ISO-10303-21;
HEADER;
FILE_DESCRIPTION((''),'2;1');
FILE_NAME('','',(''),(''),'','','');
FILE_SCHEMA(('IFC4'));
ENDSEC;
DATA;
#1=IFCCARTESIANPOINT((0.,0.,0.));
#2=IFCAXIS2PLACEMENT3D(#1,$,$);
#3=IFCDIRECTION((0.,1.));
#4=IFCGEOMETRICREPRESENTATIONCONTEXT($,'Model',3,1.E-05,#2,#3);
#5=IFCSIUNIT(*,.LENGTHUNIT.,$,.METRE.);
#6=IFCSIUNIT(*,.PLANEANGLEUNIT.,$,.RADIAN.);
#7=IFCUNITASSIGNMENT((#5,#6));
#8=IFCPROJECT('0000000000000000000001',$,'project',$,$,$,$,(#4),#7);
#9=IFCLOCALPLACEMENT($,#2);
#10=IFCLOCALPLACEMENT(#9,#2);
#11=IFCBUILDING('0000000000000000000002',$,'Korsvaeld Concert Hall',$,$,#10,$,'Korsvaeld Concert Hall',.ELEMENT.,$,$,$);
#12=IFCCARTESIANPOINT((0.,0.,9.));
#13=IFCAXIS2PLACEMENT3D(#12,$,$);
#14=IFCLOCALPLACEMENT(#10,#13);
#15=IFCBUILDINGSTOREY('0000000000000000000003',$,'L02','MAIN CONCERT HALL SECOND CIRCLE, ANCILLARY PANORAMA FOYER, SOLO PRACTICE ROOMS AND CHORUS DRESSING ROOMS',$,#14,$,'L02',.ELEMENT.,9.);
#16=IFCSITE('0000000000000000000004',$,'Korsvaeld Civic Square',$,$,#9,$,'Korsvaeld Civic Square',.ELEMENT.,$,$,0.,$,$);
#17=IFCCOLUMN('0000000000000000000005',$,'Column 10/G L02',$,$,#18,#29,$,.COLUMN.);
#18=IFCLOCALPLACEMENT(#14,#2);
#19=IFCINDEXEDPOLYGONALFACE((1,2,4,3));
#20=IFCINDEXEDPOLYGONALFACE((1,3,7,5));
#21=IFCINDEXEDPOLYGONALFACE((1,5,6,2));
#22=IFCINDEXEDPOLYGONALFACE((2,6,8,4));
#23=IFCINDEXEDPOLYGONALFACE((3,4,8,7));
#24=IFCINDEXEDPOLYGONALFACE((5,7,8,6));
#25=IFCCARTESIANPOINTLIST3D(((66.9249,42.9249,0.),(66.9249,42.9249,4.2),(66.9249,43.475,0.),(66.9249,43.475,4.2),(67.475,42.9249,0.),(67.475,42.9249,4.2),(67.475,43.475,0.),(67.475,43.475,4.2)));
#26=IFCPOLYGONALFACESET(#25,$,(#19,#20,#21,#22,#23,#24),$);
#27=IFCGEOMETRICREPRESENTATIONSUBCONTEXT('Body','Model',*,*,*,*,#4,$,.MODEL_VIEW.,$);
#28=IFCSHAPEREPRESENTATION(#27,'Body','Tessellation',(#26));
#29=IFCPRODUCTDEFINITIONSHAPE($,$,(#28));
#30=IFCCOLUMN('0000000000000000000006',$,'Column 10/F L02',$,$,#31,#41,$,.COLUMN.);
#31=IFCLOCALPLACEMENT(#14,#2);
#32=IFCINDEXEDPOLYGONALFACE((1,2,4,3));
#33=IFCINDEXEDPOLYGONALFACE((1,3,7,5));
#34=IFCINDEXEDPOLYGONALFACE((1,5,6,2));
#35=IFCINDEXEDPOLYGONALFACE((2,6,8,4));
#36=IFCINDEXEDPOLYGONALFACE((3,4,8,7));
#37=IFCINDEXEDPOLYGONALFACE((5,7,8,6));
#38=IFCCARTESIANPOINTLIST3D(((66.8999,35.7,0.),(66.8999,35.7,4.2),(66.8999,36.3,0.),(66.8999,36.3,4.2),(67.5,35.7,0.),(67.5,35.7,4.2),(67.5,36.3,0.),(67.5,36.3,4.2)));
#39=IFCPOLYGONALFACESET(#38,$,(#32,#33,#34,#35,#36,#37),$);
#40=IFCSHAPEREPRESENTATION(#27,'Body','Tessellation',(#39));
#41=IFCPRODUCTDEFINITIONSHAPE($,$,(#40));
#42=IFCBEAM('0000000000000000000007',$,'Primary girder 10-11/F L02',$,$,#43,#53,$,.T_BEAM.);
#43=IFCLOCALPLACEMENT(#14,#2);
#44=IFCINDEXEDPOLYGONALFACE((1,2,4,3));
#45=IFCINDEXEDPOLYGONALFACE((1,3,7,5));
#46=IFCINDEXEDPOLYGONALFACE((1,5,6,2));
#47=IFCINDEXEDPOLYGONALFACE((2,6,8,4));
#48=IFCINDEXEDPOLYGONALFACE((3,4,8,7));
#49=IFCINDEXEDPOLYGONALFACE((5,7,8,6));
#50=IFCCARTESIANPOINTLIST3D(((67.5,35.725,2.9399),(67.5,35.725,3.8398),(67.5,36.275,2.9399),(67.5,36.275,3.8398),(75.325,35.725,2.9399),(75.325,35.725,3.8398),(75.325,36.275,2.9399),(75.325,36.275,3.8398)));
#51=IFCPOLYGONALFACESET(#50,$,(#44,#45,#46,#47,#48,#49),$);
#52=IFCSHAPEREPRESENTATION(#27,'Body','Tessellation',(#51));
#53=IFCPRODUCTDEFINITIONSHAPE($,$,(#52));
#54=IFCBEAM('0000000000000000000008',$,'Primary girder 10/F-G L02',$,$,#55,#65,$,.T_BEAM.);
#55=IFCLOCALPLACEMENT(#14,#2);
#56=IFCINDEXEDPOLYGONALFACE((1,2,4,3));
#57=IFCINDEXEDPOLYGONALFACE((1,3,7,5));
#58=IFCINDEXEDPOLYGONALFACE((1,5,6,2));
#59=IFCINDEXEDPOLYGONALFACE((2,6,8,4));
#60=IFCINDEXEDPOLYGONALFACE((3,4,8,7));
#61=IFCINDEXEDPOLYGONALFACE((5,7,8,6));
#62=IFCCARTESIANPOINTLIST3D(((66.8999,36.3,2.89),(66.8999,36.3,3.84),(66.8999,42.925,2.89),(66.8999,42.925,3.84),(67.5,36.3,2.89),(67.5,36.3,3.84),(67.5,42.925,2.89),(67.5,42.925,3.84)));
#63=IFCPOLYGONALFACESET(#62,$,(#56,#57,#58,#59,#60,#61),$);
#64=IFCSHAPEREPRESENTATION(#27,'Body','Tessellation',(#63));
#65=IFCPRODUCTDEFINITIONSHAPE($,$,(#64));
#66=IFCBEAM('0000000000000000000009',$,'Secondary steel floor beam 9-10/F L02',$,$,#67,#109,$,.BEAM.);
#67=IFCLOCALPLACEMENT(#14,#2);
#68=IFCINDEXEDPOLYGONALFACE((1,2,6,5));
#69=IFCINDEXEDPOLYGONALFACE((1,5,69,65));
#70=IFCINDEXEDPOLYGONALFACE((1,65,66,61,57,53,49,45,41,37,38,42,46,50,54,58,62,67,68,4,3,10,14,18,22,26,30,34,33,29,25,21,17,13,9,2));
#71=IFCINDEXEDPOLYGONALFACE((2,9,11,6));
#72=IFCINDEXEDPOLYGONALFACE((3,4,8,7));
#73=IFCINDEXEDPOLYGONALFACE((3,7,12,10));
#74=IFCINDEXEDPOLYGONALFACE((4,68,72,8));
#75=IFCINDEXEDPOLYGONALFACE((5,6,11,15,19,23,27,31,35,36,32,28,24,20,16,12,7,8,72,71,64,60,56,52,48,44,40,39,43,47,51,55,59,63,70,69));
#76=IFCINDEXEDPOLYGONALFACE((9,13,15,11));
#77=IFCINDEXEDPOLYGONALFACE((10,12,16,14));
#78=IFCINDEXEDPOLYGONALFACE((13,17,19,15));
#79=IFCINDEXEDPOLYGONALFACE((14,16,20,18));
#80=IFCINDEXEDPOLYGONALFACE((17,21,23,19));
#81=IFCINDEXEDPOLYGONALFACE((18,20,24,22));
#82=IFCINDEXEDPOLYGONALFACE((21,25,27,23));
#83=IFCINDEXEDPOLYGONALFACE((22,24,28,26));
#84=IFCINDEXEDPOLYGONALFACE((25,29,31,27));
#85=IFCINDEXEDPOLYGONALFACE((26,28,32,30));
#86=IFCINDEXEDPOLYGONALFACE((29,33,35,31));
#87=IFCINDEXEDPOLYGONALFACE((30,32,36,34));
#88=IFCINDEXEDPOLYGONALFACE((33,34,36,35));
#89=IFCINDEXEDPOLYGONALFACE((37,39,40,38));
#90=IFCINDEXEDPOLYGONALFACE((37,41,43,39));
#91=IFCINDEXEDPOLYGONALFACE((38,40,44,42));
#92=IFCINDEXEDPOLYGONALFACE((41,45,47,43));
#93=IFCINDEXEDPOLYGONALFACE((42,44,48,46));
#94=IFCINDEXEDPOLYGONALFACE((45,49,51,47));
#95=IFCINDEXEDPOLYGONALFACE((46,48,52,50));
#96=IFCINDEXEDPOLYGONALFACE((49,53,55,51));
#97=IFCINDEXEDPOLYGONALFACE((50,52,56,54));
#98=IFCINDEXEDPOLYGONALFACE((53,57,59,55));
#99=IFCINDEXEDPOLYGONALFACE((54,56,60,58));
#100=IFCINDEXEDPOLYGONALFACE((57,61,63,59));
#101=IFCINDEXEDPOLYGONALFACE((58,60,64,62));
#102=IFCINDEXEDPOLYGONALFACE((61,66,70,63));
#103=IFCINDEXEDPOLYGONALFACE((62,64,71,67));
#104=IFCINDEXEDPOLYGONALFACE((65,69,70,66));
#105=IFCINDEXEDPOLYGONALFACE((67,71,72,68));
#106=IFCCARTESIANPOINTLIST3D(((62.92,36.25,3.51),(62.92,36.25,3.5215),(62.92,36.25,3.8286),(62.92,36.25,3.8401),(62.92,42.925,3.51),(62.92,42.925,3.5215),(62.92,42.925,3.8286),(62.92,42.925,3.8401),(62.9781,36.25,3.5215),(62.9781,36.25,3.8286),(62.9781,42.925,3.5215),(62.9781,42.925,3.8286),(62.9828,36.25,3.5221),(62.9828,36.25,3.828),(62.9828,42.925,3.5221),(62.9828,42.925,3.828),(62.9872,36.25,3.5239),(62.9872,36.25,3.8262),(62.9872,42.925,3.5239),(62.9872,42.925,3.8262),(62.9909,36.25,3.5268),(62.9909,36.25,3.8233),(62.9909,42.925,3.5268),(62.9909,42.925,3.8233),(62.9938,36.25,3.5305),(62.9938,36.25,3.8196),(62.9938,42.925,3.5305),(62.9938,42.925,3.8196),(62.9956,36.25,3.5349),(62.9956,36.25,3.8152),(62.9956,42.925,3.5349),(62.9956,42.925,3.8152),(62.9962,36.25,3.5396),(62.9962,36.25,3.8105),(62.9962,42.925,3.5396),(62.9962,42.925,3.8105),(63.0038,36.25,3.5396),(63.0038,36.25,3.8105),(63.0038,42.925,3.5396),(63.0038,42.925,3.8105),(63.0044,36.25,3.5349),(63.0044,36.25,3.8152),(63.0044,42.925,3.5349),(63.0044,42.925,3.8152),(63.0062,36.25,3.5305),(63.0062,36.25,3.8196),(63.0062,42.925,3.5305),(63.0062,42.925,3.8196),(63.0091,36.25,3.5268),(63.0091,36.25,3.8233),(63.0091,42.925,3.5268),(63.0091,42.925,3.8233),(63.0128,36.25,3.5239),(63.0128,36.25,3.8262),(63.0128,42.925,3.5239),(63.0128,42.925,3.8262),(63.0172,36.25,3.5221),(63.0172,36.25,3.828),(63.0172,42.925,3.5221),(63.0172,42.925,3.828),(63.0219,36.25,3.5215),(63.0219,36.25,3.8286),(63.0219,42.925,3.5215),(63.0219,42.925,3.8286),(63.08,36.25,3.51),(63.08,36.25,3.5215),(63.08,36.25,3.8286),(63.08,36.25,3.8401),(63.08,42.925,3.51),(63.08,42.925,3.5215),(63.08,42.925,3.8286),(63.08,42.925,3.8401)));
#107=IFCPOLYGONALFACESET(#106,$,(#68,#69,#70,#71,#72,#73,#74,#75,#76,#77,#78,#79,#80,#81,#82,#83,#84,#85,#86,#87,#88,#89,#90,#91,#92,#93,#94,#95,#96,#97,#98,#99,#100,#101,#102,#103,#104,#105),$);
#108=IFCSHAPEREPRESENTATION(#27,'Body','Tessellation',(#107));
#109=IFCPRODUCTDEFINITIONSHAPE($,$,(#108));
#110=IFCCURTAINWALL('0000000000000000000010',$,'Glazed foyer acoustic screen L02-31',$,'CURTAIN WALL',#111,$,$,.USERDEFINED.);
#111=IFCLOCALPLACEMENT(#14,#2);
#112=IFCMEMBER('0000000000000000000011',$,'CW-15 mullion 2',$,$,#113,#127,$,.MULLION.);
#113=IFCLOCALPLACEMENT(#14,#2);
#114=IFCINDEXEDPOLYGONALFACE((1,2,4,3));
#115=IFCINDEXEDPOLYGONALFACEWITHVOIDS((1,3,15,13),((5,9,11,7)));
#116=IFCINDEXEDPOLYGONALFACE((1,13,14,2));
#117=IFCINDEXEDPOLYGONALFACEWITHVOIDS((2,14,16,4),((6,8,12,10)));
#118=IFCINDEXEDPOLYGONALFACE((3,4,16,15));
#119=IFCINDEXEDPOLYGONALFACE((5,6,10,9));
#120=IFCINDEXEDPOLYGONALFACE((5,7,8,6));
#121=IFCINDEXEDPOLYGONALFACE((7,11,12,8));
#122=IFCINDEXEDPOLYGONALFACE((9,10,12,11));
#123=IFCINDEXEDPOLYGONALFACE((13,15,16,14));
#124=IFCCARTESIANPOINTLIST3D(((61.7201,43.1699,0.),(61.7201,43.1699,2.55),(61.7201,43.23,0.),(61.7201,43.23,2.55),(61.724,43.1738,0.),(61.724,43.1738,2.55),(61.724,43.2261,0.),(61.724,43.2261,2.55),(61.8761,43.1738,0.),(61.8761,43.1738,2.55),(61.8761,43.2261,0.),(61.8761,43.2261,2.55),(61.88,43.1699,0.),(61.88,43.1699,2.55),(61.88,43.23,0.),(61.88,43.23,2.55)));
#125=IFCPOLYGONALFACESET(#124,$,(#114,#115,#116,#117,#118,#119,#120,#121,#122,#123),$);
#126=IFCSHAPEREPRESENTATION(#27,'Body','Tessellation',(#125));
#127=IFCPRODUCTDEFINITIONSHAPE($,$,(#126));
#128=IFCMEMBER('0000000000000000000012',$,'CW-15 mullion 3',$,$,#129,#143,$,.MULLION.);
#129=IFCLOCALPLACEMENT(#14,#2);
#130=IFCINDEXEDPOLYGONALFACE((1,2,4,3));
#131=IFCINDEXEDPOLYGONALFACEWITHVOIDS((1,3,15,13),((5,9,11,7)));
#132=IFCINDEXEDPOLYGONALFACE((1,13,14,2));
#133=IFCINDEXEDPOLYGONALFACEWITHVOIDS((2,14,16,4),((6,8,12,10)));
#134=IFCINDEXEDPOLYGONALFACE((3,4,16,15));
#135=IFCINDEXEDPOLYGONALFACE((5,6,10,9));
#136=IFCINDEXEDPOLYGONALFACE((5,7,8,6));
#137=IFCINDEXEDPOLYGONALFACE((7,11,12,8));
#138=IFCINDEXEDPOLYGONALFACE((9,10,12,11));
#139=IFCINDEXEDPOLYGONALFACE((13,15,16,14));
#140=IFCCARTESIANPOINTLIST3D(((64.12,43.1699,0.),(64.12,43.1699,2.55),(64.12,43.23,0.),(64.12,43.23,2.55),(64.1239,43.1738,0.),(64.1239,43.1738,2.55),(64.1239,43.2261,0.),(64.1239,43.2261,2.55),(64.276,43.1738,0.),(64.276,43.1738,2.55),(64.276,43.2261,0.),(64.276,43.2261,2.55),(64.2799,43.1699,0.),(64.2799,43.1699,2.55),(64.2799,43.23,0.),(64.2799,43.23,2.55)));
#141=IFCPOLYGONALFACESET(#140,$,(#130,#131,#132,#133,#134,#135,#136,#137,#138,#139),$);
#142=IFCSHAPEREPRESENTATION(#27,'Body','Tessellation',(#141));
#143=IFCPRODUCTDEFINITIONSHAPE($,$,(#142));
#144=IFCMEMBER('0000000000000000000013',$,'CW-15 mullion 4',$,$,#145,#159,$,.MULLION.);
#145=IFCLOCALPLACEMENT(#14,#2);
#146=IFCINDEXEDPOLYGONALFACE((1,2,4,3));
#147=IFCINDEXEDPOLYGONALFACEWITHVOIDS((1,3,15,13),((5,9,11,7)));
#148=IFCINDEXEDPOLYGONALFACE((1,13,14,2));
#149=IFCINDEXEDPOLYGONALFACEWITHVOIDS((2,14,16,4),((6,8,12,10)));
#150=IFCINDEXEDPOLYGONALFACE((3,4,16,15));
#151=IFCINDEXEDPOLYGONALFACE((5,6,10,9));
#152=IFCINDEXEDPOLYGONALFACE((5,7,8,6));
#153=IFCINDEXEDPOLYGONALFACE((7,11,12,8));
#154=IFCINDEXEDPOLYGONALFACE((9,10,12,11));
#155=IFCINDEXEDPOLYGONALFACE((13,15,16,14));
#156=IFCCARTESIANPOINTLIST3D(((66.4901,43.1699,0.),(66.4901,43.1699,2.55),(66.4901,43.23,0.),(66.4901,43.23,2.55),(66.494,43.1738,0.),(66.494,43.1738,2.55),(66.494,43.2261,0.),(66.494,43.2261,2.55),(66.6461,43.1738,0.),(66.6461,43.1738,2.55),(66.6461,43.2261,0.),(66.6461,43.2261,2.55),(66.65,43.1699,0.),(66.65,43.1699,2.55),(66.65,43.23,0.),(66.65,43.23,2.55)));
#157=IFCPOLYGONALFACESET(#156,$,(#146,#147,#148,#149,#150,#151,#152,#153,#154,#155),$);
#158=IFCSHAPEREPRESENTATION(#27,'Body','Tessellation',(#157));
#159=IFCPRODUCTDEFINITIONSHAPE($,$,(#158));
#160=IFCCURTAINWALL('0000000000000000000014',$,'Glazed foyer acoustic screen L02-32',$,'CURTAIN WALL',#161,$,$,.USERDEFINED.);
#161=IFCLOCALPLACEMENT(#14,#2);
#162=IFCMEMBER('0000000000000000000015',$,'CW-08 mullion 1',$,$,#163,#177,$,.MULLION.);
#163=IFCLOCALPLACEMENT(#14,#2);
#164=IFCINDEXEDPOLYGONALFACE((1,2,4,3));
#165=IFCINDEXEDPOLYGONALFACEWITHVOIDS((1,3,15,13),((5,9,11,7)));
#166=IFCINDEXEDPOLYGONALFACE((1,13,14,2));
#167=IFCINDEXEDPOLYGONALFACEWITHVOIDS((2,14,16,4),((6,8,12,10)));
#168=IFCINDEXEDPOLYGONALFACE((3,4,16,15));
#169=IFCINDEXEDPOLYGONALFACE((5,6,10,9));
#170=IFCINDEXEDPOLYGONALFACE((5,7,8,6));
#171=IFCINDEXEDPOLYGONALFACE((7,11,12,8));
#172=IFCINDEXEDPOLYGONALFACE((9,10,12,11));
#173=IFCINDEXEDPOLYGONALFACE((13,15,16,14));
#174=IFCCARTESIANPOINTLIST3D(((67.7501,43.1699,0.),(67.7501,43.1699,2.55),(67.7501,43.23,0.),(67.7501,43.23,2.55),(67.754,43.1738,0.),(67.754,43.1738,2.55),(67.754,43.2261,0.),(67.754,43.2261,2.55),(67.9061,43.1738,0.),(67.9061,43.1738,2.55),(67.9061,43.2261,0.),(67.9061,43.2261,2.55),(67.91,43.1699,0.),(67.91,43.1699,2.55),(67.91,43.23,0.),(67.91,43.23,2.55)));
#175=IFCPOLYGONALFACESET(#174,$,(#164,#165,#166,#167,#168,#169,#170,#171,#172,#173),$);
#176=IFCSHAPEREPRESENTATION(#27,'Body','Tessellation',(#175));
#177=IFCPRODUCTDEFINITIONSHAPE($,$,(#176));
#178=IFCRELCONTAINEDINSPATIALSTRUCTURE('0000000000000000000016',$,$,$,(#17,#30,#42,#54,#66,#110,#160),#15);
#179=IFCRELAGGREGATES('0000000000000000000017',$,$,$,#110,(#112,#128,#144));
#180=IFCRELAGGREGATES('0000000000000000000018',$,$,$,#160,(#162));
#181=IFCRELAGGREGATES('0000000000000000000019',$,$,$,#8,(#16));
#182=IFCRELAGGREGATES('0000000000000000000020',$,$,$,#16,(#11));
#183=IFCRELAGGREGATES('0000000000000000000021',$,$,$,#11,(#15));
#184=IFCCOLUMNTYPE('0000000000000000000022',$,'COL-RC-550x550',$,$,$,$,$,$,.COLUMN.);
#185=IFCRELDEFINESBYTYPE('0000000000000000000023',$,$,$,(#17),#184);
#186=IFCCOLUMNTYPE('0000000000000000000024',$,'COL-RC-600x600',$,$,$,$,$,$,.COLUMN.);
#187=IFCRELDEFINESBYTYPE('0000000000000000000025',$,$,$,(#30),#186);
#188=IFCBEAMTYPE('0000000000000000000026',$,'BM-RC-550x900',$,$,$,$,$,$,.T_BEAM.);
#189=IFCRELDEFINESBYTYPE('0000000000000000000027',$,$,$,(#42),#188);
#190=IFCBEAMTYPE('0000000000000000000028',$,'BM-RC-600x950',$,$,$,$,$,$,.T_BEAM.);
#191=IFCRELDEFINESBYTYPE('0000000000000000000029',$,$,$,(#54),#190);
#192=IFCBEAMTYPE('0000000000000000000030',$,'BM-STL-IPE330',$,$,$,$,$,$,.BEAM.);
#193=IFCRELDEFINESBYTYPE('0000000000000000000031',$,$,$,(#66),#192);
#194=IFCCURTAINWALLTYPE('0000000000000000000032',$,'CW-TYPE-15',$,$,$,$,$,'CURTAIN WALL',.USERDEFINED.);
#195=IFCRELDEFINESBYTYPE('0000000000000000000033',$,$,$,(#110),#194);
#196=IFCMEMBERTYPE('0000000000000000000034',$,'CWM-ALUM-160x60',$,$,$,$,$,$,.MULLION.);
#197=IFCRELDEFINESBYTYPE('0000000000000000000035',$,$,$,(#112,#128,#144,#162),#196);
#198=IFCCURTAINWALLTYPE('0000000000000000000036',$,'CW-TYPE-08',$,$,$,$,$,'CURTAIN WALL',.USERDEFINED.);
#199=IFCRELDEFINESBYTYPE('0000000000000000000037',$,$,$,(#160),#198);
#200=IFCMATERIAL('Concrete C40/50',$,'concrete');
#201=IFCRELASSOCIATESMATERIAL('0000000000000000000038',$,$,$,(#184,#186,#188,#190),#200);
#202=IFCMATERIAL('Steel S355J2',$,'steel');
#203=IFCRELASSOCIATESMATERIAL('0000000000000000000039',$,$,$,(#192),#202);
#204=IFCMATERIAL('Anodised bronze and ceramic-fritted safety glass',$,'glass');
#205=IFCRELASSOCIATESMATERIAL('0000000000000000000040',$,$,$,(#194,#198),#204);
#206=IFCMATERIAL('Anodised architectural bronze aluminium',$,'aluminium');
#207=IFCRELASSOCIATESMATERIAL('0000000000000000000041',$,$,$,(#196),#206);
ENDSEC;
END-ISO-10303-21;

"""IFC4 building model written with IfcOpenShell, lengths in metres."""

from ifc_helpers import new_model, si_unit, direction, frame, origin, origin_2d, place, context, subcontext, project, spatial, rectangle, hollow_rectangle, i_section, extrude, material, material_profile, profile_set, type_object, element, aggregate, save


model = new_model("IFC4")

# Units and contexts
model_context = context("Model", 3, precision=1e-05, world=origin(), true_north=direction((0.0, 1.0)))
body_context = subcontext(model_context, "Body", "Model", "MODEL_VIEW")
ifc_project = project(units=[si_unit("LENGTHUNIT", "METRE"), si_unit("PLANEANGLEUNIT", "RADIAN")], contexts=[model_context])

# Site, building, storey
site_placement = place(None, origin())
site = spatial("IfcSite", under=ifc_project, at=site_placement, Name="Korsvaeld Civic Square", LongName="Korsvaeld Civic Square", CompositionType="ELEMENT", RefElevation=0.0)
building_placement = place(site_placement, origin())
building = spatial("IfcBuilding", under=site, at=building_placement, Name="Korsvaeld Concert Hall", LongName="Korsvaeld Concert Hall", CompositionType="ELEMENT")
storey_placement = place(building_placement, frame((0.0, 0.0, 9.0)))
storey = spatial("IfcBuildingStorey", under=building, at=storey_placement, Name="L02", Description="MAIN CONCERT HALL SECOND CIRCLE, ANCILLARY PANORAMA FOYER, SOLO PRACTICE ROOMS AND CHORUS DRESSING ROOMS", LongName="L02", CompositionType="ELEMENT", Elevation=9.0)

# Columns
ifc_material_1 = material(Name="Concrete C40/50", Category="concrete")
ifc_material_profile_1 = material_profile(ifc_material_1, rectangle(XDim=0.55, YDim=0.55, at=origin_2d()), Name="RC 550x550")
ifc_profile_set_1 = profile_set([ifc_material_profile_1], Name="Concrete C40/50")
column_type_1 = type_object("IfcColumnType", Name="COL-RC-550x550", PredefinedType="COLUMN", material=ifc_profile_set_1)
column_1_placement = place(storey_placement, frame((67.2, 43.2, 0.0), z_axis=(0.0, 0.0, 1.0), x_axis=(1.0, 0.0, 0.0)))
element("IfcColumn", 1, at=column_1_placement, inside=storey, type_object=column_type_1, Name="Column 10/G L02", PredefinedType="COLUMN", context=body_context, shape_type="SweptSolid", body=[
    extrude(rectangle(XDim=0.55, YDim=0.55, at=origin_2d()), origin(), (0.0, 0.0, 1.0), 4.2),
])
ifc_material_profile_2 = material_profile(ifc_material_1, rectangle(XDim=0.6001, YDim=0.6001, at=origin_2d()), Name="RC 600x600")
ifc_profile_set_2 = profile_set([ifc_material_profile_2], Name="Concrete C40/50")
column_type_2 = type_object("IfcColumnType", Name="COL-RC-600x600", PredefinedType="COLUMN", material=ifc_profile_set_2)
column_2_placement = place(storey_placement, frame((67.2, 36.0, 0.0), z_axis=(0.0, 0.0, 1.0), x_axis=(1.0, 0.0, 0.0)))
element("IfcColumn", 2, at=column_2_placement, inside=storey, type_object=column_type_2, Name="Column 10/F L02", PredefinedType="COLUMN", context=body_context, shape_type="SweptSolid", body=[
    extrude(rectangle(XDim=0.6001, YDim=0.6001, at=origin_2d()), origin(), (0.0, 0.0, 1.0), 4.2),
])

# Beams
ifc_material_profile_3 = material_profile(ifc_material_1, rectangle(XDim=0.55, YDim=0.8999, at=origin_2d()), Name="RC 550x900")
ifc_profile_set_3 = profile_set([ifc_material_profile_3], Name="Concrete C40/50")
beam_type_1 = type_object("IfcBeamType", Name="BM-RC-550x900", PredefinedType="T_BEAM", material=ifc_profile_set_3)
beam_1_placement = place(storey_placement, frame((67.5, 36.0, 3.3899), z_axis=(1.0, 0.0, 0.0), x_axis=(0.0, 1.0, 0.0)))
element("IfcBeam", 3, at=beam_1_placement, inside=storey, type_object=beam_type_1, Name="Primary girder 10-11/F L02", PredefinedType="T_BEAM", context=body_context, shape_type="SweptSolid", body=[
    extrude(rectangle(XDim=0.55, YDim=0.8999, at=origin_2d()), origin(), (0.0, 0.0, 1.0), 7.825),
])
ifc_material_profile_4 = material_profile(ifc_material_1, rectangle(XDim=0.6001, YDim=0.95, at=origin_2d()), Name="RC 600x950")
ifc_profile_set_4 = profile_set([ifc_material_profile_4], Name="Concrete C40/50")
beam_type_2 = type_object("IfcBeamType", Name="BM-RC-600x950", PredefinedType="T_BEAM", material=ifc_profile_set_4)
beam_2_placement = place(storey_placement, frame((67.2, 36.3, 3.365), z_axis=(0.0, 1.0, 0.0), x_axis=(-1.0, 0.0, 0.0)))
element("IfcBeam", 4, at=beam_2_placement, inside=storey, type_object=beam_type_2, Name="Primary girder 10/F-G L02", PredefinedType="T_BEAM", context=body_context, shape_type="SweptSolid", body=[
    extrude(rectangle(XDim=0.6001, YDim=0.95, at=origin_2d()), origin(), (0.0, 0.0, 1.0), 6.625),
])
ifc_material_2 = material(Name="Steel S355J2", Category="steel")
ifc_material_profile_5 = material_profile(ifc_material_2, i_section(OverallWidth=0.1599, OverallDepth=0.3301, WebThickness=0.0076, FlangeThickness=0.0115, FilletRadius=0.0181, at=origin_2d()), Name="IPE 330")
ifc_profile_set_5 = profile_set([ifc_material_profile_5], Name="Steel S355J2")
beam_type_3 = type_object("IfcBeamType", Name="BM-STL-IPE330", PredefinedType="BEAM", material=ifc_profile_set_5)
beam_3_placement = place(storey_placement, frame((63.0, 36.25, 3.675), z_axis=(0.0, 1.0, 0.0), x_axis=(-1.0, 0.0, 0.0)))
element("IfcBeam", 5, at=beam_3_placement, inside=storey, type_object=beam_type_3, Name="Secondary steel floor beam 9-10/F L02", PredefinedType="BEAM", context=body_context, shape_type="SweptSolid", body=[
    extrude(i_section(OverallWidth=0.1599, OverallDepth=0.3301, WebThickness=0.0076, FlangeThickness=0.0115, FilletRadius=0.0181, at=origin_2d()), origin(), (0.0, 0.0, 1.0), 6.675),
])

# Curtain walls, members
ifc_material_3 = material(Name="Anodised bronze and ceramic-fritted safety glass", Category="glass")
curtain_wall_type_1 = type_object("IfcCurtainWallType", Name="CW-TYPE-15", ElementType="CURTAIN WALL", PredefinedType="USERDEFINED", material=ifc_material_3)
curtain_wall_1_placement = place(storey_placement, origin())
curtain_wall_1 = element("IfcCurtainWall", 6, at=curtain_wall_1_placement, inside=storey, type_object=curtain_wall_type_1, Name="Glazed foyer acoustic screen L02-31", ObjectType="CURTAIN WALL", PredefinedType="USERDEFINED")
ifc_material_4 = material(Name="Anodised architectural bronze aluminium", Category="aluminium")
ifc_material_profile_6 = material_profile(ifc_material_4, hollow_rectangle(XDim=0.0601, YDim=0.1599, WallThickness=0.0039, at=origin_2d()), Name="CWM 160x60x4")
ifc_profile_set_6 = profile_set([ifc_material_profile_6], Name="Anodised architectural bronze aluminium")
member_type_1 = type_object("IfcMemberType", Name="CWM-ALUM-160x60", PredefinedType="MULLION", material=ifc_profile_set_6)
member_1_placement = place(storey_placement, frame((61.8, 43.2, 0.0), z_axis=(0.0, 0.0, 1.0), x_axis=(0.0, 1.0, 0.0)))
member_1 = element("IfcMember", 7, at=member_1_placement, type_object=member_type_1, Name="CW-15 mullion 2", PredefinedType="MULLION", context=body_context, shape_type="SweptSolid", body=[
    extrude(hollow_rectangle(XDim=0.0601, YDim=0.1599, WallThickness=0.0039, at=origin_2d()), origin(), (0.0, 0.0, 1.0), 2.55),
])
member_2_placement = place(storey_placement, frame((64.2, 43.2, 0.0), z_axis=(0.0, 0.0, 1.0), x_axis=(0.0, 1.0, 0.0)))
member_2 = element("IfcMember", 8, at=member_2_placement, type_object=member_type_1, Name="CW-15 mullion 3", PredefinedType="MULLION", context=body_context, shape_type="SweptSolid", body=[
    extrude(hollow_rectangle(XDim=0.0601, YDim=0.1599, WallThickness=0.0039, at=origin_2d()), origin(), (0.0, 0.0, 1.0), 2.55),
])
member_3_placement = place(storey_placement, frame((66.5701, 43.2, 0.0), z_axis=(0.0, 0.0, 1.0), x_axis=(0.0, 1.0, 0.0)))
member_3 = element("IfcMember", 9, at=member_3_placement, type_object=member_type_1, Name="CW-15 mullion 4", PredefinedType="MULLION", context=body_context, shape_type="SweptSolid", body=[
    extrude(hollow_rectangle(XDim=0.0601, YDim=0.1599, WallThickness=0.0039, at=origin_2d()), origin(), (0.0, 0.0, 1.0), 2.55),
])
curtain_wall_type_2 = type_object("IfcCurtainWallType", Name="CW-TYPE-08", ElementType="CURTAIN WALL", PredefinedType="USERDEFINED", material=ifc_material_3)
curtain_wall_2_placement = place(storey_placement, origin())
curtain_wall_2 = element("IfcCurtainWall", 10, at=curtain_wall_2_placement, inside=storey, type_object=curtain_wall_type_2, Name="Glazed foyer acoustic screen L02-32", ObjectType="CURTAIN WALL", PredefinedType="USERDEFINED")
member_4_placement = place(storey_placement, frame((67.8301, 43.2, 0.0), z_axis=(0.0, 0.0, 1.0), x_axis=(0.0, 1.0, 0.0)))
member_4 = element("IfcMember", 11, at=member_4_placement, type_object=member_type_1, Name="CW-08 mullion 1", PredefinedType="MULLION", context=body_context, shape_type="SweptSolid", body=[
    extrude(hollow_rectangle(XDim=0.0601, YDim=0.1599, WallThickness=0.0039, at=origin_2d()), origin(), (0.0, 0.0, 1.0), 2.55),
])

aggregate(curtain_wall_1, [member_1, member_2, member_3])
aggregate(curtain_wall_2, [member_4])

save(model, "model.ifc")
